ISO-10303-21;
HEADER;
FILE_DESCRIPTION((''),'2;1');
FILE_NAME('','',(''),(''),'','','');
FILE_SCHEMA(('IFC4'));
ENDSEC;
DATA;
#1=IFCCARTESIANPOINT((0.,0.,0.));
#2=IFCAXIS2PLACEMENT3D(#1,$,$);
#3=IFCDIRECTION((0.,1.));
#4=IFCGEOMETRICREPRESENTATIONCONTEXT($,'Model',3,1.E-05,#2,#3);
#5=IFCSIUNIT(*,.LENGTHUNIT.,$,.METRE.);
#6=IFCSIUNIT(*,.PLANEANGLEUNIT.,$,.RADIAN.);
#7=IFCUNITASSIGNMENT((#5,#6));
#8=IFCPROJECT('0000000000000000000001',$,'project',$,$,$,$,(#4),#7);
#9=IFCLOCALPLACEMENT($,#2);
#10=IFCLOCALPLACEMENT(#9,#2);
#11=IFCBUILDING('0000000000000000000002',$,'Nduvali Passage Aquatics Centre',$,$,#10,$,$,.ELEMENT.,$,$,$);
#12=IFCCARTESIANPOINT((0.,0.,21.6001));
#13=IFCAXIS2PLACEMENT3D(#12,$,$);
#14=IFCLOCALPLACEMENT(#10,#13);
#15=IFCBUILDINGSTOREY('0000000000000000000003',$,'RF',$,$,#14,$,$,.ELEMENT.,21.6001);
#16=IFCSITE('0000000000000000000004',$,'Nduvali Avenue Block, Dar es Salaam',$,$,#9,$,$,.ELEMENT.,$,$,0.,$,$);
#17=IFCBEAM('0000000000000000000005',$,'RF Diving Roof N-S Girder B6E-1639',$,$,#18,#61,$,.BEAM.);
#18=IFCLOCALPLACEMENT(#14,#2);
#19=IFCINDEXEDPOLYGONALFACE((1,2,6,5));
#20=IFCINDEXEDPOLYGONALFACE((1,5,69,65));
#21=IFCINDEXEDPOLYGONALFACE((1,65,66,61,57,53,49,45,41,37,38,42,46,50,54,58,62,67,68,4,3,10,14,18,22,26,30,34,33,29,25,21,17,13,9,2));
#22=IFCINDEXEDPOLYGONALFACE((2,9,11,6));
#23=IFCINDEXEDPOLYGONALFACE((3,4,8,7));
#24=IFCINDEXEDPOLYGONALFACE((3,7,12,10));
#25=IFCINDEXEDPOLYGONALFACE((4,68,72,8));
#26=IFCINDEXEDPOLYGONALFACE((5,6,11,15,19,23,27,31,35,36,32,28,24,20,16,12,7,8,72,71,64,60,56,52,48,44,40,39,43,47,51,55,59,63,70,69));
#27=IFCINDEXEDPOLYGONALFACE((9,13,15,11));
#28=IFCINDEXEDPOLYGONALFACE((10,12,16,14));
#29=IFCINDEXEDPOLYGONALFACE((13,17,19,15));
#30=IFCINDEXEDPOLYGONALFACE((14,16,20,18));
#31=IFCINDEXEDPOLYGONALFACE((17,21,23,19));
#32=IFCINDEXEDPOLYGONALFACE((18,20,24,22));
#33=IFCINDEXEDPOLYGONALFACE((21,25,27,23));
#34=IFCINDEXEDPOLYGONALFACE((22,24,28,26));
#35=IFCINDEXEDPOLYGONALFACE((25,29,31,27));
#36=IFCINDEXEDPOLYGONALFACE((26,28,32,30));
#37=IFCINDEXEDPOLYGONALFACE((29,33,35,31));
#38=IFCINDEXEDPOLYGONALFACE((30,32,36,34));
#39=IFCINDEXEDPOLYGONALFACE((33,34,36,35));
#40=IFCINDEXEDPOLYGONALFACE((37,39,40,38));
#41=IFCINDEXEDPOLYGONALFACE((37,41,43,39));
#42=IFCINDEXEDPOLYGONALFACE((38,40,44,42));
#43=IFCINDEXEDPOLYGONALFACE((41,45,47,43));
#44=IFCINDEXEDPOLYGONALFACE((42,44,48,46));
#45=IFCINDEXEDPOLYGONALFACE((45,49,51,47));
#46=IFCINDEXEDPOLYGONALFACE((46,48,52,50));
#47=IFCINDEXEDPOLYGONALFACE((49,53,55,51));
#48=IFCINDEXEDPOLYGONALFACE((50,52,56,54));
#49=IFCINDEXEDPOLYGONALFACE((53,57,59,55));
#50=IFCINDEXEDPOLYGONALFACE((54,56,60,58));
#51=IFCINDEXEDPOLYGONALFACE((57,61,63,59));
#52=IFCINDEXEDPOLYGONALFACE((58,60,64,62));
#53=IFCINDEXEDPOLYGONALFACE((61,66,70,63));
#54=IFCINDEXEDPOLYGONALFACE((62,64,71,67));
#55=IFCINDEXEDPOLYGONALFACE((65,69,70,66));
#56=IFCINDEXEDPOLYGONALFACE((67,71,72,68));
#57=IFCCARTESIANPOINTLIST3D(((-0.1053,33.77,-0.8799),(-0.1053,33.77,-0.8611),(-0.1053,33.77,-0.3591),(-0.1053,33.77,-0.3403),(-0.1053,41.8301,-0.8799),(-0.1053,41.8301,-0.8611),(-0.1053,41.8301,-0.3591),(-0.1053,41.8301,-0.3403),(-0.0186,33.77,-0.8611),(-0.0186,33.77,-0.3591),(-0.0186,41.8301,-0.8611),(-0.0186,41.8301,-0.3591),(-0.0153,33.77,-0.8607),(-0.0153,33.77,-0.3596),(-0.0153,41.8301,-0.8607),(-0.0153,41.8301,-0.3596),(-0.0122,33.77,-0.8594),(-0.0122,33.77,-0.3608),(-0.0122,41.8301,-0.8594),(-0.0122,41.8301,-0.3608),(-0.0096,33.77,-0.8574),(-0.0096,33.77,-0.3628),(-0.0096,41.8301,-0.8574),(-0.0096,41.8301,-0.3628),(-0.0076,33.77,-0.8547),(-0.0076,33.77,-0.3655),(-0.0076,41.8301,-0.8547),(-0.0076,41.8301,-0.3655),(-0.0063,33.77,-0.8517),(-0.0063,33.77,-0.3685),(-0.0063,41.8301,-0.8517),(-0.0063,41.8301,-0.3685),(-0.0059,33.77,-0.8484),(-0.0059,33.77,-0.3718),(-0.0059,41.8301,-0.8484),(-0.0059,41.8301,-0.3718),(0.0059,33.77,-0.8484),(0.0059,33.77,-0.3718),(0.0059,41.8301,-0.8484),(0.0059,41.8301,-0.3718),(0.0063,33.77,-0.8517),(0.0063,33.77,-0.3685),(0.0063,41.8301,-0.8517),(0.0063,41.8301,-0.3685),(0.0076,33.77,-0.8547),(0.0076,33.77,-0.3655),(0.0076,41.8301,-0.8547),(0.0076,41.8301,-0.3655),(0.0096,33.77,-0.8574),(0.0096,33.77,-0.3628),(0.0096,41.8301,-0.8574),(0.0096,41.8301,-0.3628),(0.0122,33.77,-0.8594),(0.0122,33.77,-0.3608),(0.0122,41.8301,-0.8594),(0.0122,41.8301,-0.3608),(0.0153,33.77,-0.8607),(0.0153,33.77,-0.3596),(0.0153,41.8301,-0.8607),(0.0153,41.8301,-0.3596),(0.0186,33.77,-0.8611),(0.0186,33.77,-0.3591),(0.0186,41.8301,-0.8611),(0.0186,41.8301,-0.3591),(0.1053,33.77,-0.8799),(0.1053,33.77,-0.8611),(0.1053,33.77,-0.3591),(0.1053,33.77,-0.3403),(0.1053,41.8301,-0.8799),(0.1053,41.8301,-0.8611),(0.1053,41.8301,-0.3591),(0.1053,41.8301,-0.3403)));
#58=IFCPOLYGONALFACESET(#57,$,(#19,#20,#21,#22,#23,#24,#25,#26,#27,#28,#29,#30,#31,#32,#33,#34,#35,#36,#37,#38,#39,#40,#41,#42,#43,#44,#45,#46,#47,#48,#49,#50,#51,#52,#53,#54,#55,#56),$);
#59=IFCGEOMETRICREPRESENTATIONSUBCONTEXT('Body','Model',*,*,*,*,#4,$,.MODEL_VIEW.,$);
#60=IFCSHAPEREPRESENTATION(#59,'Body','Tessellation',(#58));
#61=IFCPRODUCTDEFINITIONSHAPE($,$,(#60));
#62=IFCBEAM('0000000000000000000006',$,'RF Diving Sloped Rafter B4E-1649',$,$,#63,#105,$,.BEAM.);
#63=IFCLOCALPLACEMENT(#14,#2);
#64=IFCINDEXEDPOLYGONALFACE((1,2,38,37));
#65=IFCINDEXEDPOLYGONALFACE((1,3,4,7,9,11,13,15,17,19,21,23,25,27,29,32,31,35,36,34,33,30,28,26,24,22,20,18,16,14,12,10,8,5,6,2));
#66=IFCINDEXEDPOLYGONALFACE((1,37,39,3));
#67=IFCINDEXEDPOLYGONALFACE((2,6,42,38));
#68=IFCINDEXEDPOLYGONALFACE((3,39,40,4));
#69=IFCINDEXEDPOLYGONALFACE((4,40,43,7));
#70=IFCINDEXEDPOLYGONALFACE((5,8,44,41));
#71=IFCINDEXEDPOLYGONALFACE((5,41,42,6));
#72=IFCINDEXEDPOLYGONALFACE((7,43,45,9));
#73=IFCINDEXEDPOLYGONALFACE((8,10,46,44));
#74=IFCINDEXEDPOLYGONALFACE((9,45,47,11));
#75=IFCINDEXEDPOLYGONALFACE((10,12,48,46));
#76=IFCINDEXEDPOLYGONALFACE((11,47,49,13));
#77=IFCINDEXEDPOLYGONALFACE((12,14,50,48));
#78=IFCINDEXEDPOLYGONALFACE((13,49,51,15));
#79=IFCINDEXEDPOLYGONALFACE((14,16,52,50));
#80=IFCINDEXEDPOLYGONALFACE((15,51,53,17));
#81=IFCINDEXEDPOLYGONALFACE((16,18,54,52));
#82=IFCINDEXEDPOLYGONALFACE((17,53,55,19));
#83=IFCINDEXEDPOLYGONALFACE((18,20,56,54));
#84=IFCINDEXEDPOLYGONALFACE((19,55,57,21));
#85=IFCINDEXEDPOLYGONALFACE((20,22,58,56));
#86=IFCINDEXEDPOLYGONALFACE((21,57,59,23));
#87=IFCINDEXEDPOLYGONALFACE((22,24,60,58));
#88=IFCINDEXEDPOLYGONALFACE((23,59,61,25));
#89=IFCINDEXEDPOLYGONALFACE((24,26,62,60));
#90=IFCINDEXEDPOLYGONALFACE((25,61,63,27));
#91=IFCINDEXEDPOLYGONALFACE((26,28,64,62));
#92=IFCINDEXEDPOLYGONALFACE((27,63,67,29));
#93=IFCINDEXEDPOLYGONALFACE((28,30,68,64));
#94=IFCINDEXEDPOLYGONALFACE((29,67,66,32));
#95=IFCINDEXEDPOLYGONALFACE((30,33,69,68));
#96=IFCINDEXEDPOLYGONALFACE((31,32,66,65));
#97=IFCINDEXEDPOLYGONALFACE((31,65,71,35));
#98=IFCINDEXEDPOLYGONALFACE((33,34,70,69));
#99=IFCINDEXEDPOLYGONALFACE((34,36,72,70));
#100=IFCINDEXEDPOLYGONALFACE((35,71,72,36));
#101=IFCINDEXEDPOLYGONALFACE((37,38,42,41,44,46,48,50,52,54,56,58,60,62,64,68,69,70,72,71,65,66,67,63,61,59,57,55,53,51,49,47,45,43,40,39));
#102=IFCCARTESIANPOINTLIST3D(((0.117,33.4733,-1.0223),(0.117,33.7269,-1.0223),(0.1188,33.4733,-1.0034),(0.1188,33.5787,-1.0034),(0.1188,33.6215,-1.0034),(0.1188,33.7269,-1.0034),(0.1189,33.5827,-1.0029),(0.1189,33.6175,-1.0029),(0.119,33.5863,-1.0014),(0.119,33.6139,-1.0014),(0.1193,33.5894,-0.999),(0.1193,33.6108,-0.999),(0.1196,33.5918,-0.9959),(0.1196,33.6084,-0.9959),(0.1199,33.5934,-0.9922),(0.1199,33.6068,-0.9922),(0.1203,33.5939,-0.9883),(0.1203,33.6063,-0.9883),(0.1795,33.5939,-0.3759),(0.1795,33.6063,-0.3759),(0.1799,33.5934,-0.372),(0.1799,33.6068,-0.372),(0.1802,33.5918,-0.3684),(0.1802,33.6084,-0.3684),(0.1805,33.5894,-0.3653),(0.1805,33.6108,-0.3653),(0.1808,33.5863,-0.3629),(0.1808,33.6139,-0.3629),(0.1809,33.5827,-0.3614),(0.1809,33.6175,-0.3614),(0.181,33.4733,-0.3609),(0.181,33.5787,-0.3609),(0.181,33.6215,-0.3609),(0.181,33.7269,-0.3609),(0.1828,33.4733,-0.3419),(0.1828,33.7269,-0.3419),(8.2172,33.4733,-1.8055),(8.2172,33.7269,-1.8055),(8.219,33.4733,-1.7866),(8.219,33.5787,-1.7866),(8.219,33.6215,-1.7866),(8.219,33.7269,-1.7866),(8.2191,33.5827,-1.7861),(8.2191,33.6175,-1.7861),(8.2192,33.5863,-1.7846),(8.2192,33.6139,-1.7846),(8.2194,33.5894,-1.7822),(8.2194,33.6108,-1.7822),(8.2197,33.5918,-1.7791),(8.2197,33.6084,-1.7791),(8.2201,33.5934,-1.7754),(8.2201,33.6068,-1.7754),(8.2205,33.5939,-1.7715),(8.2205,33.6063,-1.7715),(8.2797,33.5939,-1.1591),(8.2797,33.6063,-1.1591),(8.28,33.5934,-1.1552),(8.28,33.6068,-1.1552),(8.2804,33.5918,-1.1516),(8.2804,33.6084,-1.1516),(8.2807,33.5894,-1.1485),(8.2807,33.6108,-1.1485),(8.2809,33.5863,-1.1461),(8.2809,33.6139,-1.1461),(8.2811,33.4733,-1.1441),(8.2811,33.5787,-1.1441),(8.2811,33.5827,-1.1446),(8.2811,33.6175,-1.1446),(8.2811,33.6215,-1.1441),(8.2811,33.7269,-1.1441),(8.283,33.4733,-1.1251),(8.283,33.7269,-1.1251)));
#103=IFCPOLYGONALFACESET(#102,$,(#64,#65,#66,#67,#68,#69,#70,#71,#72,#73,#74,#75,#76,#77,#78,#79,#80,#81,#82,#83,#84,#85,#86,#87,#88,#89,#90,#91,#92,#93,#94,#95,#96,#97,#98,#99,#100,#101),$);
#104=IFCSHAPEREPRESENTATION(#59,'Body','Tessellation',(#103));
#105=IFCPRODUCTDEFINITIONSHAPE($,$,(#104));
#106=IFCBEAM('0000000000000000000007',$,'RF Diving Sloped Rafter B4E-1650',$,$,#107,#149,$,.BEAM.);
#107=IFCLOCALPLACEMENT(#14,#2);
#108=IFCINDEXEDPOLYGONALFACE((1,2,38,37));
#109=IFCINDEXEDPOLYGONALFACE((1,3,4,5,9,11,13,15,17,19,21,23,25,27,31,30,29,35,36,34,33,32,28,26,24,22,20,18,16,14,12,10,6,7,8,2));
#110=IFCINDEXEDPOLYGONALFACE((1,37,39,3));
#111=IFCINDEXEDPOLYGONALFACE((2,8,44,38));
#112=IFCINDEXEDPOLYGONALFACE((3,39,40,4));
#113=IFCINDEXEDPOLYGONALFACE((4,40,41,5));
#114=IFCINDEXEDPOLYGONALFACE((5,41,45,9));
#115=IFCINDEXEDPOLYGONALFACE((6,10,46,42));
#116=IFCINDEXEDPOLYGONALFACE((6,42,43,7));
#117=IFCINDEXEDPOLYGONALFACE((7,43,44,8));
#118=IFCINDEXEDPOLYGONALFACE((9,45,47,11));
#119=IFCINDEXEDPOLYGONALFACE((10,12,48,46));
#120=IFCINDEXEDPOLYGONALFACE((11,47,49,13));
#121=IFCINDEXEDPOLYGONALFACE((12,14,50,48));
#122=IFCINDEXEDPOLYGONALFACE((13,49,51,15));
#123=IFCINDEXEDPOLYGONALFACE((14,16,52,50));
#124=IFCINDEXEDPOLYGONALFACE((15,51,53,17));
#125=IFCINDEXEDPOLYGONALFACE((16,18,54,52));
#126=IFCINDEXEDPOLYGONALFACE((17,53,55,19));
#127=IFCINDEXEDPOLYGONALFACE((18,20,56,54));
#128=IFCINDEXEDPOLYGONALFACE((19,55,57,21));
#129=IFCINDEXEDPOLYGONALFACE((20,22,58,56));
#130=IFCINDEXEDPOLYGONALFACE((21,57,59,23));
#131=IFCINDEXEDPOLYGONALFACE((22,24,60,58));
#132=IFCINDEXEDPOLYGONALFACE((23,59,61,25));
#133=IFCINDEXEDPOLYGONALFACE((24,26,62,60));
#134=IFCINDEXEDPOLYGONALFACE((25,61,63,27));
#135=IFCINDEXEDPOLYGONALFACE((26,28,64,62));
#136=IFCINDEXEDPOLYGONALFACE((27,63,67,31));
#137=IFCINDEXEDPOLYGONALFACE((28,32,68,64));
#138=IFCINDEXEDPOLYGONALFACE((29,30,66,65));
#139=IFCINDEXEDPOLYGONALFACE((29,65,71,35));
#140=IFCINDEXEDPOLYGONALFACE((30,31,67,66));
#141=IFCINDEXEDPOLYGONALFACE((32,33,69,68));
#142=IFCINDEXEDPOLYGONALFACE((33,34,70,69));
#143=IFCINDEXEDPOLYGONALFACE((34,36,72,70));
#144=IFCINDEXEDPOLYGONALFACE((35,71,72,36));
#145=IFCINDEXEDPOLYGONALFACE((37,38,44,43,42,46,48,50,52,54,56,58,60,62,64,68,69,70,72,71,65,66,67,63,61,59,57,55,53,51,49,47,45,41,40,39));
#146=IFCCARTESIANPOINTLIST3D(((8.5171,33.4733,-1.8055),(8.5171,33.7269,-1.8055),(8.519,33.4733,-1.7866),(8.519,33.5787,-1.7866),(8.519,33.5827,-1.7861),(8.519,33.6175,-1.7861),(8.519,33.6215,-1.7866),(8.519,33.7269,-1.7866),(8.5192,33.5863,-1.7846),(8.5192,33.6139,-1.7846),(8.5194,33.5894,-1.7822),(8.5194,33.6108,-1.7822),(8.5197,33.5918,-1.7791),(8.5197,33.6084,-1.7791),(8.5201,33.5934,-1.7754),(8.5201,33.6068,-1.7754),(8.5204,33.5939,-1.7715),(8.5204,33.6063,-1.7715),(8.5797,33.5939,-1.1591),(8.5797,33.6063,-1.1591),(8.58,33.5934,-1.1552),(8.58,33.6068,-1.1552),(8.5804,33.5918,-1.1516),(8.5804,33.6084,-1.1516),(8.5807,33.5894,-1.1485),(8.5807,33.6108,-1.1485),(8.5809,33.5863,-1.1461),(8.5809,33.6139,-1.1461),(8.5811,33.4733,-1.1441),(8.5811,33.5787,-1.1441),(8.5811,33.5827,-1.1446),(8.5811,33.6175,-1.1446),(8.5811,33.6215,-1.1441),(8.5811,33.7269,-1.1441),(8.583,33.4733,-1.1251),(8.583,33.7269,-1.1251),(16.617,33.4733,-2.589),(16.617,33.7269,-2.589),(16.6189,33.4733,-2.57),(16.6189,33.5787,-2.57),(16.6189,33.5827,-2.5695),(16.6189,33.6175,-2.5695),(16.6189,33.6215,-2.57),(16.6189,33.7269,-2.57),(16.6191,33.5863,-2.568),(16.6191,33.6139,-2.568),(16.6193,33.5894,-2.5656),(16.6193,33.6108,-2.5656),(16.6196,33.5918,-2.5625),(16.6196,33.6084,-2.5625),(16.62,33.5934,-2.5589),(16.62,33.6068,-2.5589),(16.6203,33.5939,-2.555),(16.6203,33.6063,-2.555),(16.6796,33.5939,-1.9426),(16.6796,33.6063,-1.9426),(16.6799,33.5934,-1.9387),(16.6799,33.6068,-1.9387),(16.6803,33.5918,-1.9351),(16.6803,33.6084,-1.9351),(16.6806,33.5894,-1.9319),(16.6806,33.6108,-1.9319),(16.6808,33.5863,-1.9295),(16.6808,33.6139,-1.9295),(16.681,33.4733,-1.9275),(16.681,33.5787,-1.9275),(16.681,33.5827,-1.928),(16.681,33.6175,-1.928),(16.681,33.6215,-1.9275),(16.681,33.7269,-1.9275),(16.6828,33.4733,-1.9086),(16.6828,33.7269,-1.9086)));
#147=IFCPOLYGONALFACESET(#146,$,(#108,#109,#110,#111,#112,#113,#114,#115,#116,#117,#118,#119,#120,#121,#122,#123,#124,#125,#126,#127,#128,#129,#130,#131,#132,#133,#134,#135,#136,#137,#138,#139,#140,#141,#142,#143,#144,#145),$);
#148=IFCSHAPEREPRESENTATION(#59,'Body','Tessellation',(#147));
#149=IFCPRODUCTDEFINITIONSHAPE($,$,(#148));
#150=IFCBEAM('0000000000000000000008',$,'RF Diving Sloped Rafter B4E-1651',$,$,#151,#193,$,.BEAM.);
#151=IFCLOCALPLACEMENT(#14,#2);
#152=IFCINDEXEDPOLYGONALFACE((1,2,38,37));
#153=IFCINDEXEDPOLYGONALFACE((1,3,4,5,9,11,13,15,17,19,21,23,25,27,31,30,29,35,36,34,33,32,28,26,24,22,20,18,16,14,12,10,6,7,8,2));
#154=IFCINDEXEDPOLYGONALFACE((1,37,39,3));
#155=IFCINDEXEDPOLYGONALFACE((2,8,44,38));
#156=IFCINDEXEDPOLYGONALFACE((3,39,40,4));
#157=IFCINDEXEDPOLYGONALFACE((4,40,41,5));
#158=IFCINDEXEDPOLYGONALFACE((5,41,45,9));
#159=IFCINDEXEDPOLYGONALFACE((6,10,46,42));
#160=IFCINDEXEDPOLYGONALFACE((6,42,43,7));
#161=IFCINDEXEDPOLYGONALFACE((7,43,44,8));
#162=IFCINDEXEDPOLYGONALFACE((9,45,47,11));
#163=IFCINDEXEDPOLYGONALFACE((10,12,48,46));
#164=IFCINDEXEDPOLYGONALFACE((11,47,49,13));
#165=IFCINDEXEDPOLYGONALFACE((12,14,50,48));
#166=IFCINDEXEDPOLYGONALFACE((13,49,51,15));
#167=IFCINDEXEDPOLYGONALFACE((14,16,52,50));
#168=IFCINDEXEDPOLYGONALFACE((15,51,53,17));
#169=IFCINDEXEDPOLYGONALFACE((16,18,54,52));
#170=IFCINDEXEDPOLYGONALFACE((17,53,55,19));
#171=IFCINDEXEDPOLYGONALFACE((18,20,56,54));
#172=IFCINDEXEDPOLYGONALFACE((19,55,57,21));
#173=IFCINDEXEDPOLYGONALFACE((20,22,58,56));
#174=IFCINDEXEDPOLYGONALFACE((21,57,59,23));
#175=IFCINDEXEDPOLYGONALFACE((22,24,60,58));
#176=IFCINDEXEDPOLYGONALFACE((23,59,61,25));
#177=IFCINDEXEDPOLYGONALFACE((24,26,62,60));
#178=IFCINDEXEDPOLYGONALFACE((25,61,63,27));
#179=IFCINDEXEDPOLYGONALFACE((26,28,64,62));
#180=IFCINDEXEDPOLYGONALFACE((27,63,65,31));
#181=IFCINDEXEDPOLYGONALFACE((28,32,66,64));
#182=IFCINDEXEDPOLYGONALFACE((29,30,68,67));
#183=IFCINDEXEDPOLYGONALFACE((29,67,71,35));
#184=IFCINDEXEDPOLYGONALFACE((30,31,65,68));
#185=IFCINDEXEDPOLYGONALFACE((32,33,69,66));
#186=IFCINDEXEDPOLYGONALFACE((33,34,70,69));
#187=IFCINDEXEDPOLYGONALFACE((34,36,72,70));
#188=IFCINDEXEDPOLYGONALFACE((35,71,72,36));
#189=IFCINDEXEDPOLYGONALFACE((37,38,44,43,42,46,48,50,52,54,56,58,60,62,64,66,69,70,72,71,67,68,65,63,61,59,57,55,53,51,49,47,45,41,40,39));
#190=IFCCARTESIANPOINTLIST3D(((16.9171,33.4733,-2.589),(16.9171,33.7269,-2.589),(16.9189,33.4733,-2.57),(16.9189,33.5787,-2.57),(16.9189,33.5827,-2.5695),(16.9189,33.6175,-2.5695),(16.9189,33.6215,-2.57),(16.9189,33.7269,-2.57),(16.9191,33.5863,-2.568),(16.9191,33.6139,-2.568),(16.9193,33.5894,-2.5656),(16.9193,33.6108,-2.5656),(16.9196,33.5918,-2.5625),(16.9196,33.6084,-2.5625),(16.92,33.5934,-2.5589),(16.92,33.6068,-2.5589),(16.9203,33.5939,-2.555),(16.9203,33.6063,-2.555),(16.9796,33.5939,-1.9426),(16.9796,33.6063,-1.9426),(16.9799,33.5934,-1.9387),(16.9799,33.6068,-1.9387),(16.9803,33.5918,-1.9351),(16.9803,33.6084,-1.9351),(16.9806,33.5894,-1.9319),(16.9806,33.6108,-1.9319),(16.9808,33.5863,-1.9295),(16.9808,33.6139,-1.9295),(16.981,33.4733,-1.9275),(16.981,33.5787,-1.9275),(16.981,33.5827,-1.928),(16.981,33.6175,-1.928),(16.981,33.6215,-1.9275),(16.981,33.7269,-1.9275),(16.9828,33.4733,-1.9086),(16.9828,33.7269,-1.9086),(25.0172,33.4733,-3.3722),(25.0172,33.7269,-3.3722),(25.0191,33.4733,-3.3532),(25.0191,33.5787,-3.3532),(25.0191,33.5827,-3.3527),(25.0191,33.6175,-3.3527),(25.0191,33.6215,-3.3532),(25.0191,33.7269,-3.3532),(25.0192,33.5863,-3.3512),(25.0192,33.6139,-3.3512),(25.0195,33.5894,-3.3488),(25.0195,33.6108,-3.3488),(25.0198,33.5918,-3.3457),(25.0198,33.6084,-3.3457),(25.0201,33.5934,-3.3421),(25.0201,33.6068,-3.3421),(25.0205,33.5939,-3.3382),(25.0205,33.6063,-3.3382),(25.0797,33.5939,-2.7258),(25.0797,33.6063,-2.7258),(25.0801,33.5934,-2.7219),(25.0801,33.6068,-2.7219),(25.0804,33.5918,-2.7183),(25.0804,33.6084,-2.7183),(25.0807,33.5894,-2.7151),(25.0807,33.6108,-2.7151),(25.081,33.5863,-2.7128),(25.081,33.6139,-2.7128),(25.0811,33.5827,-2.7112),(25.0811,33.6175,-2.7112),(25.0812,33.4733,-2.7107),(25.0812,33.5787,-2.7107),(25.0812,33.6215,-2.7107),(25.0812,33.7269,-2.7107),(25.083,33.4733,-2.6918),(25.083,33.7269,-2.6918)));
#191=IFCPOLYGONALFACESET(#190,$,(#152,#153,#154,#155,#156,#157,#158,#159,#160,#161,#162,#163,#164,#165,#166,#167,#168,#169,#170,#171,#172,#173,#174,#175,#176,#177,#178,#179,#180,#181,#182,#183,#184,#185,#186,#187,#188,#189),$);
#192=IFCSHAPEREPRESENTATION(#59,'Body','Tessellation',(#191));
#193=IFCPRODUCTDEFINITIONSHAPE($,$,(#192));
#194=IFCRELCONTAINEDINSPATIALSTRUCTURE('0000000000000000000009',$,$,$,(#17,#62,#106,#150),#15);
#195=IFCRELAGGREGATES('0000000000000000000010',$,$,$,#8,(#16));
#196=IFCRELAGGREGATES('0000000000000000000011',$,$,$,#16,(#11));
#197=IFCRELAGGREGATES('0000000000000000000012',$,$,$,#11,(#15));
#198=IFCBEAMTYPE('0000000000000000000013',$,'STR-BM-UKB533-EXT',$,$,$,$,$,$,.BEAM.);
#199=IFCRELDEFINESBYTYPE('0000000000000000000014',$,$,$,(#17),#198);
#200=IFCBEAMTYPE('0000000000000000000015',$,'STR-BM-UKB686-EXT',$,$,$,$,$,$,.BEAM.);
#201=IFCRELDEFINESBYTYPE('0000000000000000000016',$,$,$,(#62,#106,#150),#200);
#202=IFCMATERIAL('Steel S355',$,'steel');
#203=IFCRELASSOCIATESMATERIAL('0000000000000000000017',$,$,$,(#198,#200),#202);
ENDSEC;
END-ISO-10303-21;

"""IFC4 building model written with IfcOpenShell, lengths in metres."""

from ifc_helpers import new_model, si_unit, direction, frame, origin, origin_2d, place, context, subcontext, project, spatial, i_section, extrude, material, material_profile, profile_set, type_object, element, save


model = new_model("IFC4")

# Units and contexts
model_context = context("Model", 3, precision=1e-05, world=origin(), true_north=direction((0.0, 1.0)))
body_context = subcontext(model_context, "Body", "Model", "MODEL_VIEW")
ifc_project = project(units=[si_unit("LENGTHUNIT", "METRE"), si_unit("PLANEANGLEUNIT", "RADIAN")], contexts=[model_context])

# Site, building, storey
site_placement = place(None, origin())
site = spatial("IfcSite", under=ifc_project, at=site_placement, Name="Nduvali Avenue Block, Dar es Salaam", CompositionType="ELEMENT", RefElevation=0.0)
building_placement = place(site_placement, origin())
building = spatial("IfcBuilding", under=site, at=building_placement, Name="Nduvali Passage Aquatics Centre", CompositionType="ELEMENT")
storey_placement = place(building_placement, frame((0.0, 0.0, 21.6001)))
storey = spatial("IfcBuildingStorey", under=building, at=storey_placement, Name="RF", CompositionType="ELEMENT", Elevation=21.6001)

# Beams
ifc_material_1 = material(Name="Steel S355", Category="steel")
ifc_material_profile_1 = material_profile(ifc_material_1, i_section(OverallWidth=0.2107, OverallDepth=0.5396, WebThickness=0.0117, FlangeThickness=0.0188, FilletRadius=0.0127, at=origin_2d()), Name="UKB 533x210x109")
ifc_profile_set_1 = profile_set([ifc_material_profile_1], Name="Steel S355")
beam_type_1 = type_object("IfcBeamType", Name="STR-BM-UKB533-EXT", PredefinedType="BEAM", material=ifc_profile_set_1)
beam_1_placement = place(storey_placement, frame((0.0, 33.77, -0.6101), z_axis=(0.0, 1.0, 0.0), x_axis=(-1.0, 0.0, 0.0)))
element("IfcBeam", 1, at=beam_1_placement, inside=storey, type_object=beam_type_1, Name="RF Diving Roof N-S Girder B6E-1639", PredefinedType="BEAM", context=body_context, shape_type="SweptSolid", body=[
    extrude(i_section(OverallWidth=0.2107, OverallDepth=0.5396, WebThickness=0.0117, FlangeThickness=0.0188, FilletRadius=0.0127, at=origin_2d()), origin(), (0.0, 0.0, 1.0), 8.0601),
])
ifc_material_profile_2 = material_profile(ifc_material_1, i_section(OverallWidth=0.2537, OverallDepth=0.6836, WebThickness=0.0125, FlangeThickness=0.019, FilletRadius=0.0151, at=origin_2d()), Name="UKB 686x254x140")
ifc_profile_set_2 = profile_set([ifc_material_profile_2], Name="Steel S355")
beam_type_2 = type_object("IfcBeamType", Name="STR-BM-UKB686-EXT", PredefinedType="BEAM", material=ifc_profile_set_2)
beam_2_placement = place(storey_placement, frame((0.1499, 33.6001, -0.6821), z_axis=(0.995358, 0.0, -0.096242), x_axis=(0.0, 1.0, 0.0)))
element("IfcBeam", 2, at=beam_2_placement, inside=storey, type_object=beam_type_2, Name="RF Diving Sloped Rafter B4E-1649", PredefinedType="BEAM", context=body_context, shape_type="SweptSolid", body=[
    extrude(i_section(OverallWidth=0.2537, OverallDepth=0.6836, WebThickness=0.0125, FlangeThickness=0.019, FilletRadius=0.0151, at=origin_2d()), origin(), (0.0, 0.0, 1.0), 8.1379),
])
beam_3_placement = place(storey_placement, frame((8.55, 33.6001, -1.4653), z_axis=(0.995355, 0.0, -0.096274), x_axis=(0.0, 1.0, 0.0)))
element("IfcBeam", 3, at=beam_3_placement, inside=storey, type_object=beam_type_2, Name="RF Diving Sloped Rafter B4E-1650", PredefinedType="BEAM", context=body_context, shape_type="SweptSolid", body=[
    extrude(i_section(OverallWidth=0.2537, OverallDepth=0.6836, WebThickness=0.0125, FlangeThickness=0.019, FilletRadius=0.0151, at=origin_2d()), origin(), (0.0, 0.0, 1.0), 8.1377),
])
beam_4_placement = place(storey_placement, frame((16.95, 33.6001, -2.2488), z_axis=(0.995358, 0.0, -0.096242), x_axis=(0.0, 1.0, 0.0)))
element("IfcBeam", 4, at=beam_4_placement, inside=storey, type_object=beam_type_2, Name="RF Diving Sloped Rafter B4E-1651", PredefinedType="BEAM", context=body_context, shape_type="SweptSolid", body=[
    extrude(i_section(OverallWidth=0.2537, OverallDepth=0.6836, WebThickness=0.0125, FlangeThickness=0.019, FilletRadius=0.0151, at=origin_2d()), origin(), (0.0, 0.0, 1.0), 8.1379),
])

save(model, "model.ifc")
